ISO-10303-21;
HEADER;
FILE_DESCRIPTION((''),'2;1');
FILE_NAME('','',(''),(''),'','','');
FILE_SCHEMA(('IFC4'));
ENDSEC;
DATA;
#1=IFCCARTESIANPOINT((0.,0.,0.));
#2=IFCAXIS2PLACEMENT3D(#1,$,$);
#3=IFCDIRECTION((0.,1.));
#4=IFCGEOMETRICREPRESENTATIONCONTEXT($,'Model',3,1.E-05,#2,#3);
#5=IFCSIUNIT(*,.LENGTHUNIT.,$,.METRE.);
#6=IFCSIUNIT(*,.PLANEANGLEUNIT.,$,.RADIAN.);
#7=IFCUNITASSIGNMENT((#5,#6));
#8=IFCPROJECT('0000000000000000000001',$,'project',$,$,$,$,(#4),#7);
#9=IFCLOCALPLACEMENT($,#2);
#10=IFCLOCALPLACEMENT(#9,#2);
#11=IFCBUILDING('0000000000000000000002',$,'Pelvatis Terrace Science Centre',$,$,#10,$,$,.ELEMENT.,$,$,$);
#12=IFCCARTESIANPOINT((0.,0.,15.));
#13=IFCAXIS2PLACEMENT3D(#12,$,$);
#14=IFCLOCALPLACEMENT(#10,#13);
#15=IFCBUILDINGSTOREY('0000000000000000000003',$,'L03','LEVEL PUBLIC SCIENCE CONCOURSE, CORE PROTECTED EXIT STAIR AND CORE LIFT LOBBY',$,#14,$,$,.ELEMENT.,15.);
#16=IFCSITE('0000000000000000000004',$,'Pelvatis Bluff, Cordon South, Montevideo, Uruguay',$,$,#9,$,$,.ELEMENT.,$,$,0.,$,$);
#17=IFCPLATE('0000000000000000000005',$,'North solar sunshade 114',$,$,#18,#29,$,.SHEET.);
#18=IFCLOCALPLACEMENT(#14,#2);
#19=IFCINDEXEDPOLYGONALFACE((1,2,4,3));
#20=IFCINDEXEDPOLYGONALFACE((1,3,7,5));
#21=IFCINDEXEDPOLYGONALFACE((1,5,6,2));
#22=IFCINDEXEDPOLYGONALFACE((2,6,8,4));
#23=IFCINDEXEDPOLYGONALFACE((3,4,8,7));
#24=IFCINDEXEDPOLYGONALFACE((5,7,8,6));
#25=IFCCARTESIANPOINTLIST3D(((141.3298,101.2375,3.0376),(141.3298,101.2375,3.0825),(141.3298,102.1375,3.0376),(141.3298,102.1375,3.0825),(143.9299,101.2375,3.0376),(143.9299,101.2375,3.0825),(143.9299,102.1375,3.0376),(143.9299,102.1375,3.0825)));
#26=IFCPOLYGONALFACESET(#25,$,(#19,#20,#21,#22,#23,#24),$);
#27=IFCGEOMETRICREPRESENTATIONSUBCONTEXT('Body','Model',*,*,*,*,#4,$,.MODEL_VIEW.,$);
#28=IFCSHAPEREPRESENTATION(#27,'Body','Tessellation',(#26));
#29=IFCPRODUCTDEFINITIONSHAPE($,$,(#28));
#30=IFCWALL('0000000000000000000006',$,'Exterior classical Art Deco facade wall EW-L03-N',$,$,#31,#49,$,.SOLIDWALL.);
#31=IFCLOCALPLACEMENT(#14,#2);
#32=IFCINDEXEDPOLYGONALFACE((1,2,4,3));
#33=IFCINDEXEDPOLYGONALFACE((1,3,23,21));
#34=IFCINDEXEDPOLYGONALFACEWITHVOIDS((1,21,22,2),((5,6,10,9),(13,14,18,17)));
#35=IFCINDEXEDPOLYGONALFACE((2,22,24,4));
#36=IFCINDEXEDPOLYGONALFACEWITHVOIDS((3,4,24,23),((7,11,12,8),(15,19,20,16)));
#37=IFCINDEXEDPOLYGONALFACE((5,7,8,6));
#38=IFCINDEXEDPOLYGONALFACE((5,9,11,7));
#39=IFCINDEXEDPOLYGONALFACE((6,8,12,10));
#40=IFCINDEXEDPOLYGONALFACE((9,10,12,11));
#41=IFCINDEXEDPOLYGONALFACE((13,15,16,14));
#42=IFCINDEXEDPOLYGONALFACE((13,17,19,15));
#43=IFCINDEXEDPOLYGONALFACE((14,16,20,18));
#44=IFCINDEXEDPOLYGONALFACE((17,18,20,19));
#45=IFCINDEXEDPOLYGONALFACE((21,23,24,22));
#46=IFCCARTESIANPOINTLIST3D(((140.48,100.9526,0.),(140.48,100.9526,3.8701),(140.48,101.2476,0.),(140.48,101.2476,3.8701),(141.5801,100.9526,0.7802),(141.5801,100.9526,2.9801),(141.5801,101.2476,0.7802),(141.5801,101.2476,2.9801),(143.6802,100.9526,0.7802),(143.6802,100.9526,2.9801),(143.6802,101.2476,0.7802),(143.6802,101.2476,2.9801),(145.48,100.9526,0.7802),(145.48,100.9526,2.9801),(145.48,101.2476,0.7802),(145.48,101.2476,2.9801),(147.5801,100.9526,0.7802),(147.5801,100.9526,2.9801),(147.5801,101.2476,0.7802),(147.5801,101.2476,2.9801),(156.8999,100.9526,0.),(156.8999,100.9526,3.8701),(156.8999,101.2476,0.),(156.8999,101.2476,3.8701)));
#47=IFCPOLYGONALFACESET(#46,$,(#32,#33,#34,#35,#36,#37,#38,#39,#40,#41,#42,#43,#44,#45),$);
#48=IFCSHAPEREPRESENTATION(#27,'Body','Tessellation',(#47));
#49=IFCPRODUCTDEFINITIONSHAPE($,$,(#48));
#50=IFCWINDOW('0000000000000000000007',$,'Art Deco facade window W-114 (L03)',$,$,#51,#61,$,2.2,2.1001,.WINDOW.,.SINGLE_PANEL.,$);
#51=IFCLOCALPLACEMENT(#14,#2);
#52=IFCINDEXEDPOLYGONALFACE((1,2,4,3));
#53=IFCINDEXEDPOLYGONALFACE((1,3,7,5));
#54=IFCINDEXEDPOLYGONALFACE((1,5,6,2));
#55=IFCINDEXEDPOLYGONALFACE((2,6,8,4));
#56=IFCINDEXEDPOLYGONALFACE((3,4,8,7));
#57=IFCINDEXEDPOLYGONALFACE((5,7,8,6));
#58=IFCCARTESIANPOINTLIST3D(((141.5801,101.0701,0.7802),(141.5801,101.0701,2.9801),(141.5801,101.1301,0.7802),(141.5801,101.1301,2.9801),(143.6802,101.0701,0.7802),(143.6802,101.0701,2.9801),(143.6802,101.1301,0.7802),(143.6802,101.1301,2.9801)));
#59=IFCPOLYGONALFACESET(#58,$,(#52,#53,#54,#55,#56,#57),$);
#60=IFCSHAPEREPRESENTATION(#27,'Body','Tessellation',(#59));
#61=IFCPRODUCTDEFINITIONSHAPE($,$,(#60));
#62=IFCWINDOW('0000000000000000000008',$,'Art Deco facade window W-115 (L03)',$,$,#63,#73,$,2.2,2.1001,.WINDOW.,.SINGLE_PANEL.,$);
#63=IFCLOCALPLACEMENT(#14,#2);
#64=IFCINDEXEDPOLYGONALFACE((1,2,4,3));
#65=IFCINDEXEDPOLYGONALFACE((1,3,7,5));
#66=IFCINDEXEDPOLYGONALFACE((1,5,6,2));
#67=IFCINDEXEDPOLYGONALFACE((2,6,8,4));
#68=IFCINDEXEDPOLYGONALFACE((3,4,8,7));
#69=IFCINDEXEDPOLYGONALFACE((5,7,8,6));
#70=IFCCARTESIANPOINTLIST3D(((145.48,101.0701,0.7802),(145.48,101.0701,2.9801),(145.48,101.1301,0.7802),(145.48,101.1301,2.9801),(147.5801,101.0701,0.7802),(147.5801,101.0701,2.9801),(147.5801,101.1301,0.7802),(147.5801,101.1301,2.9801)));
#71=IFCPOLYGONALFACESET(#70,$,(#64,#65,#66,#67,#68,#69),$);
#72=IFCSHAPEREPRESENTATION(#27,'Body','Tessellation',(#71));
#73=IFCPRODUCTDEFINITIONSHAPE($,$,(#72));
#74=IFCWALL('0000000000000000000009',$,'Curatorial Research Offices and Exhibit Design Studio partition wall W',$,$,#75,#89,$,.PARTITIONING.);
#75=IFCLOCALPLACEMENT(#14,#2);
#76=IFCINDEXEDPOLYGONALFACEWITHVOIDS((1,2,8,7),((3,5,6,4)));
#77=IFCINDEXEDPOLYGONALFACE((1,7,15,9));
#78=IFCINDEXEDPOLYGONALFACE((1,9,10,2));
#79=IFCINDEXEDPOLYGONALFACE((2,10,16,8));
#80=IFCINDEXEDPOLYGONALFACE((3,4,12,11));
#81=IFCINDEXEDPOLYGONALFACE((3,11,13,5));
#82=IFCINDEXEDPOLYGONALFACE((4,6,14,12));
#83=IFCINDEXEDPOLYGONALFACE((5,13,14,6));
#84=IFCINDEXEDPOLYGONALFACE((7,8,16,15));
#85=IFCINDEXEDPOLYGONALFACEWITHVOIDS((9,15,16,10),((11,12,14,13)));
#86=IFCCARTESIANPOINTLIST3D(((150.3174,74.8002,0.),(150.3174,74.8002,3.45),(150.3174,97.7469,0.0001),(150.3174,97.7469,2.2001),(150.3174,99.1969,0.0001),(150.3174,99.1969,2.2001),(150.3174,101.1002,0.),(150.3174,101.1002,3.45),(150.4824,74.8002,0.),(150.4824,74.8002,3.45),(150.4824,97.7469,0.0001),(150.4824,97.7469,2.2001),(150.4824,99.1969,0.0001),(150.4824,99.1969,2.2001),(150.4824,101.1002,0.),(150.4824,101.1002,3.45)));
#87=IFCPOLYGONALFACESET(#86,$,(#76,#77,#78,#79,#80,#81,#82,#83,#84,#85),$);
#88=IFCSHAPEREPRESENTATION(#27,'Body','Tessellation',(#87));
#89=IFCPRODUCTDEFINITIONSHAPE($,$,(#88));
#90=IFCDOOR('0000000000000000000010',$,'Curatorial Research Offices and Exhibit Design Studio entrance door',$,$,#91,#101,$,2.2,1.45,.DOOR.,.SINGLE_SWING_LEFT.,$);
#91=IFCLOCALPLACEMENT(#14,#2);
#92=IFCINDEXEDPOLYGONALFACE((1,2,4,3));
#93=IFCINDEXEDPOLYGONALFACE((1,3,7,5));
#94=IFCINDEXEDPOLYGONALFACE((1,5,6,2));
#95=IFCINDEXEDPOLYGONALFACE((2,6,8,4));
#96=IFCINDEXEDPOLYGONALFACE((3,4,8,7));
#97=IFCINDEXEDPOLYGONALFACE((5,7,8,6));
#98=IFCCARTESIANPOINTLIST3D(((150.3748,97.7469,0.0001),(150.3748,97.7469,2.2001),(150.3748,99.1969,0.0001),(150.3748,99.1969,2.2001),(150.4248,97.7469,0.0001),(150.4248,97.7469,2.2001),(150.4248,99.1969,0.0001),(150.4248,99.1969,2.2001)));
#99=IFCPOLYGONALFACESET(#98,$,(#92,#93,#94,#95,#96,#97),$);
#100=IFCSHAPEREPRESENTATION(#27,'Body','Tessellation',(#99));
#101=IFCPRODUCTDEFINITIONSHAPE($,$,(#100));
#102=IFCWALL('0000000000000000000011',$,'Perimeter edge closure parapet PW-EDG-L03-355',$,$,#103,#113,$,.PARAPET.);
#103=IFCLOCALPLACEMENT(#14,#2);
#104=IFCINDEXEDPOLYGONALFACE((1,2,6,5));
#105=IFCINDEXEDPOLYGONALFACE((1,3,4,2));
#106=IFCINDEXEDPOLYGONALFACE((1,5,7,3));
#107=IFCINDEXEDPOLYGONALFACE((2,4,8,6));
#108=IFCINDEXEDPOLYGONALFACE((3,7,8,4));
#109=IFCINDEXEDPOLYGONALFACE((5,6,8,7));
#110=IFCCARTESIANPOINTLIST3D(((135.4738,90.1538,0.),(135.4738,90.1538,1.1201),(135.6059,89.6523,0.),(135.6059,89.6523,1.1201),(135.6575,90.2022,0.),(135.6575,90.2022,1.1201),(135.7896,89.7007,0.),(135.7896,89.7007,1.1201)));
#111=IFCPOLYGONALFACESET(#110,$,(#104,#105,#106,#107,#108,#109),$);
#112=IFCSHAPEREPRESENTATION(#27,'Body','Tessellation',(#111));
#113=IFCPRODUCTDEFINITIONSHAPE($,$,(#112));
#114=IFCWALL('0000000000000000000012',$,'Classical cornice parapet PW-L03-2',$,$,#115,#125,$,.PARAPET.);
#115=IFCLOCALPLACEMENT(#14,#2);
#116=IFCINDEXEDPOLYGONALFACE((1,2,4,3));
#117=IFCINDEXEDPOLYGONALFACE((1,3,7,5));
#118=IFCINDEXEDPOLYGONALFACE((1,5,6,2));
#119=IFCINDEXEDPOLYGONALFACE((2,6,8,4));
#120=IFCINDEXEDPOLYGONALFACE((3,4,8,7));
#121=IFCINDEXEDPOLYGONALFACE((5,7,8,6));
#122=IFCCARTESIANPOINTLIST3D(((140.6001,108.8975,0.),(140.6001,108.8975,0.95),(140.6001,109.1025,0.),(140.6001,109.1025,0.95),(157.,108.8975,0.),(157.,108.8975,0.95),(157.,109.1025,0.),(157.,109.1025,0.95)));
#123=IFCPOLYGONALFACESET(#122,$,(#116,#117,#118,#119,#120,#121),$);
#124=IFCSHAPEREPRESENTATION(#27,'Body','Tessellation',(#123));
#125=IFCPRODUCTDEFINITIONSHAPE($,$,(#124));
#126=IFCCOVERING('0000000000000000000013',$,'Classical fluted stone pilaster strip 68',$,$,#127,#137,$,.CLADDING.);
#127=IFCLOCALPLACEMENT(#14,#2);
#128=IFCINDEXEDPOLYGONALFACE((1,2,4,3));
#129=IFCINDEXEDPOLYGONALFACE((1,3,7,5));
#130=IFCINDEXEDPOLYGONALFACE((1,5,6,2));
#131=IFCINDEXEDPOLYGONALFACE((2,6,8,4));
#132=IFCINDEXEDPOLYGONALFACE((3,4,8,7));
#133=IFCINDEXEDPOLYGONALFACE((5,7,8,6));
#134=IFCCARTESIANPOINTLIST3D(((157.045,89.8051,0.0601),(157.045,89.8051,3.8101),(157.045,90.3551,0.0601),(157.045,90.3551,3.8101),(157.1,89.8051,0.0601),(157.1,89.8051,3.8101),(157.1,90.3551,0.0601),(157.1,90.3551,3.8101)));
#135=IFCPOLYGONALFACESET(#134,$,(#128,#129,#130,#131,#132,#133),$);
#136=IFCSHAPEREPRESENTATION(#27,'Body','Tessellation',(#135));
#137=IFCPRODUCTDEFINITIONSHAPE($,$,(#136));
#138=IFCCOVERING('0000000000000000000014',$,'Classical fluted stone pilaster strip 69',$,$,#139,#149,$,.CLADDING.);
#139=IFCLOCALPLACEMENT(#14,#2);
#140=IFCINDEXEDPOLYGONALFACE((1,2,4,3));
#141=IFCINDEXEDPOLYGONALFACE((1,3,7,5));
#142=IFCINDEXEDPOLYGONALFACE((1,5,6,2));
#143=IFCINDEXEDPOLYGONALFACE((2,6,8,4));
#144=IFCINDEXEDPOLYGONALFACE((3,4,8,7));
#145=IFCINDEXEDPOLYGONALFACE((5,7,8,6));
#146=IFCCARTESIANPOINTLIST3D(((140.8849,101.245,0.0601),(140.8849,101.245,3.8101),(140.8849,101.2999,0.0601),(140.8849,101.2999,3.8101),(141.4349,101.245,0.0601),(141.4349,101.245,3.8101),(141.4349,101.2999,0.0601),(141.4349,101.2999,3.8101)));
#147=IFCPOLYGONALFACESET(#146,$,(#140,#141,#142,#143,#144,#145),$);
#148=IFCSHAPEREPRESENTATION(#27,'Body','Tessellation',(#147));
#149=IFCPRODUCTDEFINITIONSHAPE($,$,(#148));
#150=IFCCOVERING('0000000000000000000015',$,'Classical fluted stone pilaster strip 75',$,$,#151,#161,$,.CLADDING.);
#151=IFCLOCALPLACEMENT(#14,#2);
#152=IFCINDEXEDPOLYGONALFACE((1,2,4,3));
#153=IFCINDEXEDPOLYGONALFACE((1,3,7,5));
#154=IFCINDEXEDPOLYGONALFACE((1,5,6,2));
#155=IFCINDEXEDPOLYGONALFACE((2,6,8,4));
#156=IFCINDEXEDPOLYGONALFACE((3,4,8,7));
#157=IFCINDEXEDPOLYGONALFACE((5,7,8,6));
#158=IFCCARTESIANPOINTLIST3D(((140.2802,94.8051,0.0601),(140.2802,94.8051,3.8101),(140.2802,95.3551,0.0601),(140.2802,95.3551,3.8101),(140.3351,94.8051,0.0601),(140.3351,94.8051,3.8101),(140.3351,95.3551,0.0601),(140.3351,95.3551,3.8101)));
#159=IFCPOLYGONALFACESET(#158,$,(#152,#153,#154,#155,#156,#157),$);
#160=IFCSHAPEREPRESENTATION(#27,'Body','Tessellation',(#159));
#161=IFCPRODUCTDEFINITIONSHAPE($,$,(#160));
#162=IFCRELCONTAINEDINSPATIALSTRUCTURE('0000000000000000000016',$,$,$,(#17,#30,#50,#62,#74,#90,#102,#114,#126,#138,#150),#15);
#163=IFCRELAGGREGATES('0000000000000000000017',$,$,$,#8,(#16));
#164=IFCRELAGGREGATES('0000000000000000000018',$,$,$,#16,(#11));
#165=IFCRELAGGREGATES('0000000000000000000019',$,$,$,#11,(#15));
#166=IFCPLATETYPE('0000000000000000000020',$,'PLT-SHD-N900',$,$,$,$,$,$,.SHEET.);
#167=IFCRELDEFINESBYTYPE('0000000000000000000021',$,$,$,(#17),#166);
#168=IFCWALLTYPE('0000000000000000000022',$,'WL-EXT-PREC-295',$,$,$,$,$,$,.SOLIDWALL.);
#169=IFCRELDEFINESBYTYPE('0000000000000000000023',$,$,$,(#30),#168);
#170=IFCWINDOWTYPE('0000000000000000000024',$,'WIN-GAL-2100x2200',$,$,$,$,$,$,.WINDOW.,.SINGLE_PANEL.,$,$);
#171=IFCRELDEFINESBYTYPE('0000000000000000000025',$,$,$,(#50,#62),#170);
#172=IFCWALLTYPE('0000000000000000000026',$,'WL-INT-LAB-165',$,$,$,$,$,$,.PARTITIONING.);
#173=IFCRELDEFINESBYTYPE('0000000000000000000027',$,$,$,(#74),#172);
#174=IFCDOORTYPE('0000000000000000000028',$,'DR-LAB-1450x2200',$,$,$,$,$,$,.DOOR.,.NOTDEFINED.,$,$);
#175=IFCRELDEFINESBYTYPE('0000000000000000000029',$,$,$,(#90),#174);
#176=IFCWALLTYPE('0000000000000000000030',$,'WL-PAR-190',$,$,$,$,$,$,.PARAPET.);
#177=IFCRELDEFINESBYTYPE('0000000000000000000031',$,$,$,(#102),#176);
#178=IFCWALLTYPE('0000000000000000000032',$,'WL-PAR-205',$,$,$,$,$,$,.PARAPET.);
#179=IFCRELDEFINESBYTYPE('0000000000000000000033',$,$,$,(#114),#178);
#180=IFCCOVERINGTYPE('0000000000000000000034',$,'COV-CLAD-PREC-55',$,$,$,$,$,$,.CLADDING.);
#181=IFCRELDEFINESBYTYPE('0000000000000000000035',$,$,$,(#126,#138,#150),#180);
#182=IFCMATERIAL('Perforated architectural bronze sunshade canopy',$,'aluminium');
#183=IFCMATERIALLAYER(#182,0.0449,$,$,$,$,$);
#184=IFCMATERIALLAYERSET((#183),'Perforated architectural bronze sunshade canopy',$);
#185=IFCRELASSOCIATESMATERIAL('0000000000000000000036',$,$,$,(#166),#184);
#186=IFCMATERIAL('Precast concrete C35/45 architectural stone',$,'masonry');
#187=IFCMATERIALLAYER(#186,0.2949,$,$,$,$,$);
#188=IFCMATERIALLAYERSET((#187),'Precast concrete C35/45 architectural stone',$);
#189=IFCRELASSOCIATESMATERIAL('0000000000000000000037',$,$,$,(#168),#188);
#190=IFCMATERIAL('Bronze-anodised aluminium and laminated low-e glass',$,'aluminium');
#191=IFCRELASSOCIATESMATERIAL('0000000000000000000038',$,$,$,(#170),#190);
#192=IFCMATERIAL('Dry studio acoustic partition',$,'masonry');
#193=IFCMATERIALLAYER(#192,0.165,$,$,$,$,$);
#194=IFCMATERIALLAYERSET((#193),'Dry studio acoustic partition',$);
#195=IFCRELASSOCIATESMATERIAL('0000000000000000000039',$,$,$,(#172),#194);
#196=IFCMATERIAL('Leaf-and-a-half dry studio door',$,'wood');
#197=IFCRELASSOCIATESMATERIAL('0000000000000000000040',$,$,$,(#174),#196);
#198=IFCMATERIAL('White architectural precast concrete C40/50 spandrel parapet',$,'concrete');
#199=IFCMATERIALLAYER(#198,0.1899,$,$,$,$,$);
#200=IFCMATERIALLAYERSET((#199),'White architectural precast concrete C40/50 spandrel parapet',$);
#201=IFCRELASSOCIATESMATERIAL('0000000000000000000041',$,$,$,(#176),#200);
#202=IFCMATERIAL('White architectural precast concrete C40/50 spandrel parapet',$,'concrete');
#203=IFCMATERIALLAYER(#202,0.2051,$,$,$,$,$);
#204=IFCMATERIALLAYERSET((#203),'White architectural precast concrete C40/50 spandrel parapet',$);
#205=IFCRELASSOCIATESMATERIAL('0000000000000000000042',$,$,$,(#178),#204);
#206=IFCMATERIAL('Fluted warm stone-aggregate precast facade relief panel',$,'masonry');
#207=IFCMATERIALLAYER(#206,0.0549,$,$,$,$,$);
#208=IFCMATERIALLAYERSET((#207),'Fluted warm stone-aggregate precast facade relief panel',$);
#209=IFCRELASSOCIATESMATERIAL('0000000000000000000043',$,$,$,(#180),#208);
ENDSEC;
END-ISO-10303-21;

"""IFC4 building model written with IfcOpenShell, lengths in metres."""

from ifc_helpers import new_model, si_unit, direction, frame, frame_2d, origin, origin_2d, place, context, subcontext, project, spatial, rectangle, extrude, material, layer, layer_set, type_object, element, fill, save


model = new_model("IFC4")

# Units and contexts
model_context = context("Model", 3, precision=1e-05, world=origin(), true_north=direction((0.0, 1.0)))
body_context = subcontext(model_context, "Body", "Model", "MODEL_VIEW")
ifc_project = project(units=[si_unit("LENGTHUNIT", "METRE"), si_unit("PLANEANGLEUNIT", "RADIAN")], contexts=[model_context])

# Site, building, storey
site_placement = place(None, origin())
site = spatial("IfcSite", under=ifc_project, at=site_placement, Name="Pelvatis Bluff, Cordon South, Montevideo, Uruguay", CompositionType="ELEMENT", RefElevation=0.0)
building_placement = place(site_placement, origin())
building = spatial("IfcBuilding", under=site, at=building_placement, Name="Pelvatis Terrace Science Centre", CompositionType="ELEMENT")
storey_placement = place(building_placement, frame((0.0, 0.0, 15.0)))
storey = spatial("IfcBuildingStorey", under=building, at=storey_placement, Name="L03", Description="LEVEL PUBLIC SCIENCE CONCOURSE, CORE PROTECTED EXIT STAIR AND CORE LIFT LOBBY", CompositionType="ELEMENT", Elevation=15.0)

# Plate
ifc_material_1 = material(Name="Perforated architectural bronze sunshade canopy", Category="aluminium")
ifc_layer_1 = layer(ifc_material_1, 0.0449)
ifc_layer_set_1 = layer_set([ifc_layer_1], Name="Perforated architectural bronze sunshade canopy")
plate_type_1 = type_object("IfcPlateType", Name="PLT-SHD-N900", PredefinedType="SHEET", material=ifc_layer_set_1)
plate_1_placement = place(storey_placement, frame((142.6299, 101.6875, 3.0376), z_axis=(0.0, 0.0, 1.0), x_axis=(1.0, 0.0, 0.0)))
element("IfcPlate", 1, at=plate_1_placement, inside=storey, type_object=plate_type_1, Name="North solar sunshade 114", PredefinedType="SHEET", context=body_context, shape_type="SweptSolid", body=[
    extrude(rectangle(XDim=2.6001, YDim=0.8999, at=origin_2d()), origin(), (0.0, 0.0, 1.0), 0.0449),
])

# Wall, openings, windows
ifc_material_2 = material(Name="Precast concrete C35/45 architectural stone", Category="masonry")
ifc_layer_2 = layer(ifc_material_2, 0.2949)
ifc_layer_set_2 = layer_set([ifc_layer_2], Name="Precast concrete C35/45 architectural stone")
wall_type_1 = type_object("IfcWallType", Name="WL-EXT-PREC-295", PredefinedType="SOLIDWALL", material=ifc_layer_set_2)
wall_1_placement = place(storey_placement, frame((140.48, 101.1001, 0.0), z_axis=(0.0, 0.0, 1.0), x_axis=(1.0, 0.0, 0.0)))
wall_1 = element("IfcWall", 2, at=wall_1_placement, inside=storey, type_object=wall_type_1, Name="Exterior classical Art Deco facade wall EW-L03-N", PredefinedType="SOLIDWALL", context=body_context, shape_type="SweptSolid", body=[
    extrude(rectangle(XDim=16.4199, YDim=0.2949, at=frame_2d((8.21, 0.0))), origin(), (0.0, 0.0, 1.0), 3.8701),
])
opening_1_placement = place(wall_1_placement, frame((1.1001, 0.0, 0.78)))
opening_1 = element("IfcOpeningElement", 3, at=opening_1_placement, cuts=wall_1, PredefinedType="OPENING", context=body_context, shape_type="SweptSolid", body=[
    extrude(rectangle(XDim=2.1001, YDim=2.2, at=frame_2d((1.05, 1.1001))), frame((0.0, 0.1575, 0.0), z_axis=(0.0, -1.0, 0.0), x_axis=(1.0, 0.0, 0.0)), (0.0, 0.0, 1.0), 0.3149),
])
opening_2_placement = place(wall_1_placement, frame((5.0, 0.0, 0.78)))
opening_2 = element("IfcOpeningElement", 4, at=opening_2_placement, cuts=wall_1, PredefinedType="OPENING", context=body_context, shape_type="SweptSolid", body=[
    extrude(rectangle(XDim=2.1001, YDim=2.2, at=frame_2d((1.05, 1.1001))), frame((0.0, 0.1575, 0.0), z_axis=(0.0, -1.0, 0.0), x_axis=(1.0, 0.0, 0.0)), (0.0, 0.0, 1.0), 0.3149),
])
ifc_material_3 = material(Name="Bronze-anodised aluminium and laminated low-e glass", Category="aluminium")
window_type = type_object("IfcWindowType", Name="WIN-GAL-2100x2200", PartitioningType="SINGLE_PANEL", PredefinedType="WINDOW", material=ifc_material_3)
window_1_placement = place(opening_1_placement, origin())
window_1 = element("IfcWindow", 5, at=window_1_placement, inside=storey, type_object=window_type, Name="Art Deco facade window W-114 (L03)", OverallHeight=2.2, OverallWidth=2.1001, PartitioningType="SINGLE_PANEL", PredefinedType="WINDOW", context=body_context, shape_type="SweptSolid", body=[
    extrude(rectangle(XDim=2.1001, YDim=2.2, at=frame_2d((1.05, 1.1001))), frame((0.0, 0.03, 0.0), z_axis=(0.0, -1.0, 0.0), x_axis=(1.0, 0.0, 0.0)), (0.0, 0.0, 1.0), 0.0601),
])
fill(opening_1, window_1)
window_2_placement = place(opening_2_placement, origin())
window_2 = element("IfcWindow", 6, at=window_2_placement, inside=storey, type_object=window_type, Name="Art Deco facade window W-115 (L03)", OverallHeight=2.2, OverallWidth=2.1001, PartitioningType="SINGLE_PANEL", PredefinedType="WINDOW", context=body_context, shape_type="SweptSolid", body=[
    extrude(rectangle(XDim=2.1001, YDim=2.2, at=frame_2d((1.05, 1.1001))), frame((0.0, 0.03, 0.0), z_axis=(0.0, -1.0, 0.0), x_axis=(1.0, 0.0, 0.0)), (0.0, 0.0, 1.0), 0.0601),
])
fill(opening_2, window_2)

# Wall, opening, door
ifc_material_4 = material(Name="Dry studio acoustic partition", Category="masonry")
ifc_layer_3 = layer(ifc_material_4, 0.165)
ifc_layer_set_3 = layer_set([ifc_layer_3], Name="Dry studio acoustic partition")
wall_type_2 = type_object("IfcWallType", Name="WL-INT-LAB-165", PredefinedType="PARTITIONING", material=ifc_layer_set_3)
wall_2_placement = place(storey_placement, frame((150.3999, 101.1001, 0.0), z_axis=(0.0, 0.0, 1.0), x_axis=(0.0, -1.0, 0.0)))
wall_2 = element("IfcWall", 7, at=wall_2_placement, inside=storey, type_object=wall_type_2, Name="Curatorial Research Offices and Exhibit Design Studio partition wall W", PredefinedType="PARTITIONING", context=body_context, shape_type="SweptSolid", body=[
    extrude(rectangle(XDim=26.3, YDim=0.165, at=frame_2d((13.1499, 0.0))), origin(), (0.0, 0.0, 1.0), 3.45),
])
opening_3_placement = place(wall_2_placement, frame((1.9031, 0.0, 0.0)))
opening_3 = element("IfcOpeningElement", 8, at=opening_3_placement, cuts=wall_2, PredefinedType="OPENING", context=body_context, shape_type="SweptSolid", body=[
    extrude(rectangle(XDim=1.45, YDim=2.2, at=frame_2d((0.7251, 1.1001))), frame((0.0, 0.0925, 0.0), z_axis=(0.0, -1.0, 0.0), x_axis=(1.0, 0.0, 0.0)), (0.0, 0.0, 1.0), 0.1851),
])
ifc_material_5 = material(Name="Leaf-and-a-half dry studio door", Category="wood")
door_type = type_object("IfcDoorType", Name="DR-LAB-1450x2200", OperationType="NOTDEFINED", PredefinedType="DOOR", material=ifc_material_5)
door_placement = place(opening_3_placement, origin())
door = element("IfcDoor", 9, at=door_placement, inside=storey, type_object=door_type, Name="Curatorial Research Offices and Exhibit Design Studio entrance door", OperationType="SINGLE_SWING_LEFT", OverallHeight=2.2, OverallWidth=1.45, PredefinedType="DOOR", context=body_context, shape_type="SweptSolid", body=[
    extrude(rectangle(XDim=1.45, YDim=2.2, at=frame_2d((0.7251, 1.1001))), frame((0.0, 0.0249, 0.0), z_axis=(0.0, -1.0, 0.0), x_axis=(1.0, 0.0, 0.0)), (0.0, 0.0, 1.0), 0.05),
])
fill(opening_3, door)

# Walls
ifc_material_6 = material(Name="White architectural precast concrete C40/50 spandrel parapet", Category="concrete")
ifc_layer_4 = layer(ifc_material_6, 0.1899)
ifc_layer_set_4 = layer_set([ifc_layer_4], Name="White architectural precast concrete C40/50 spandrel parapet")
wall_type_3 = type_object("IfcWallType", Name="WL-PAR-190", PredefinedType="PARAPET", material=ifc_layer_set_4)
wall_3_placement = place(storey_placement, frame((135.5657, 90.178, 0.0), z_axis=(0.0, 0.0, 1.0), x_axis=(0.254702, -0.96702, 0.0)))
element("IfcWall", 10, at=wall_3_placement, inside=storey, type_object=wall_type_3, Name="Perimeter edge closure parapet PW-EDG-L03-355", PredefinedType="PARAPET", context=body_context, shape_type="SweptSolid", body=[
    extrude(rectangle(XDim=0.5186, YDim=0.1899, at=frame_2d((0.2593, 0.0))), origin(), (0.0, 0.0, 1.0), 1.1201),
])
ifc_material_7 = material(Name="White architectural precast concrete C40/50 spandrel parapet", Category="concrete")
ifc_layer_5 = layer(ifc_material_7, 0.2051)
ifc_layer_set_5 = layer_set([ifc_layer_5], Name="White architectural precast concrete C40/50 spandrel parapet")
wall_type_4 = type_object("IfcWallType", Name="WL-PAR-205", PredefinedType="PARAPET", material=ifc_layer_set_5)
wall_4_placement = place(storey_placement, frame((140.6001, 109.0, 0.0), z_axis=(0.0, 0.0, 1.0), x_axis=(1.0, 0.0, 0.0)))
element("IfcWall", 11, at=wall_4_placement, inside=storey, type_object=wall_type_4, Name="Classical cornice parapet PW-L03-2", PredefinedType="PARAPET", context=body_context, shape_type="SweptSolid", body=[
    extrude(rectangle(XDim=16.3999, YDim=0.2051, at=frame_2d((8.2, 0.0))), origin(), (0.0, 0.0, 1.0), 0.95),
])

# Coverings
ifc_material_8 = material(Name="Fluted warm stone-aggregate precast facade relief panel", Category="masonry")
ifc_layer_6 = layer(ifc_material_8, 0.0549)
ifc_layer_set_6 = layer_set([ifc_layer_6], Name="Fluted warm stone-aggregate precast facade relief panel")
covering_type = type_object("IfcCoveringType", Name="COV-CLAD-PREC-55", PredefinedType="CLADDING", material=ifc_layer_set_6)
covering_1_placement = place(storey_placement, frame((157.0725, 90.0801, 0.0601), z_axis=(0.0, 0.0, 1.0), x_axis=(1.0, 0.0, 0.0)))
element("IfcCovering", 12, at=covering_1_placement, inside=storey, type_object=covering_type, Name="Classical fluted stone pilaster strip 68", PredefinedType="CLADDING", context=body_context, shape_type="SweptSolid", body=[
    extrude(rectangle(XDim=0.0549, YDim=0.55, at=origin_2d()), origin(), (0.0, 0.0, 1.0), 3.75),
])
covering_2_placement = place(storey_placement, frame((141.1599, 101.2725, 0.0601), z_axis=(0.0, 0.0, 1.0), x_axis=(1.0, 0.0, 0.0)))
element("IfcCovering", 13, at=covering_2_placement, inside=storey, type_object=covering_type, Name="Classical fluted stone pilaster strip 69", PredefinedType="CLADDING", context=body_context, shape_type="SweptSolid", body=[
    extrude(rectangle(XDim=0.55, YDim=0.0549, at=origin_2d()), origin(), (0.0, 0.0, 1.0), 3.75),
])
covering_3_placement = place(storey_placement, frame((140.3076, 95.0801, 0.0601), z_axis=(0.0, 0.0, 1.0), x_axis=(1.0, 0.0, 0.0)))
element("IfcCovering", 14, at=covering_3_placement, inside=storey, type_object=covering_type, Name="Classical fluted stone pilaster strip 75", PredefinedType="CLADDING", context=body_context, shape_type="SweptSolid", body=[
    extrude(rectangle(XDim=0.0549, YDim=0.55, at=origin_2d()), origin(), (0.0, 0.0, 1.0), 3.75),
])

save(model, "model.ifc")
